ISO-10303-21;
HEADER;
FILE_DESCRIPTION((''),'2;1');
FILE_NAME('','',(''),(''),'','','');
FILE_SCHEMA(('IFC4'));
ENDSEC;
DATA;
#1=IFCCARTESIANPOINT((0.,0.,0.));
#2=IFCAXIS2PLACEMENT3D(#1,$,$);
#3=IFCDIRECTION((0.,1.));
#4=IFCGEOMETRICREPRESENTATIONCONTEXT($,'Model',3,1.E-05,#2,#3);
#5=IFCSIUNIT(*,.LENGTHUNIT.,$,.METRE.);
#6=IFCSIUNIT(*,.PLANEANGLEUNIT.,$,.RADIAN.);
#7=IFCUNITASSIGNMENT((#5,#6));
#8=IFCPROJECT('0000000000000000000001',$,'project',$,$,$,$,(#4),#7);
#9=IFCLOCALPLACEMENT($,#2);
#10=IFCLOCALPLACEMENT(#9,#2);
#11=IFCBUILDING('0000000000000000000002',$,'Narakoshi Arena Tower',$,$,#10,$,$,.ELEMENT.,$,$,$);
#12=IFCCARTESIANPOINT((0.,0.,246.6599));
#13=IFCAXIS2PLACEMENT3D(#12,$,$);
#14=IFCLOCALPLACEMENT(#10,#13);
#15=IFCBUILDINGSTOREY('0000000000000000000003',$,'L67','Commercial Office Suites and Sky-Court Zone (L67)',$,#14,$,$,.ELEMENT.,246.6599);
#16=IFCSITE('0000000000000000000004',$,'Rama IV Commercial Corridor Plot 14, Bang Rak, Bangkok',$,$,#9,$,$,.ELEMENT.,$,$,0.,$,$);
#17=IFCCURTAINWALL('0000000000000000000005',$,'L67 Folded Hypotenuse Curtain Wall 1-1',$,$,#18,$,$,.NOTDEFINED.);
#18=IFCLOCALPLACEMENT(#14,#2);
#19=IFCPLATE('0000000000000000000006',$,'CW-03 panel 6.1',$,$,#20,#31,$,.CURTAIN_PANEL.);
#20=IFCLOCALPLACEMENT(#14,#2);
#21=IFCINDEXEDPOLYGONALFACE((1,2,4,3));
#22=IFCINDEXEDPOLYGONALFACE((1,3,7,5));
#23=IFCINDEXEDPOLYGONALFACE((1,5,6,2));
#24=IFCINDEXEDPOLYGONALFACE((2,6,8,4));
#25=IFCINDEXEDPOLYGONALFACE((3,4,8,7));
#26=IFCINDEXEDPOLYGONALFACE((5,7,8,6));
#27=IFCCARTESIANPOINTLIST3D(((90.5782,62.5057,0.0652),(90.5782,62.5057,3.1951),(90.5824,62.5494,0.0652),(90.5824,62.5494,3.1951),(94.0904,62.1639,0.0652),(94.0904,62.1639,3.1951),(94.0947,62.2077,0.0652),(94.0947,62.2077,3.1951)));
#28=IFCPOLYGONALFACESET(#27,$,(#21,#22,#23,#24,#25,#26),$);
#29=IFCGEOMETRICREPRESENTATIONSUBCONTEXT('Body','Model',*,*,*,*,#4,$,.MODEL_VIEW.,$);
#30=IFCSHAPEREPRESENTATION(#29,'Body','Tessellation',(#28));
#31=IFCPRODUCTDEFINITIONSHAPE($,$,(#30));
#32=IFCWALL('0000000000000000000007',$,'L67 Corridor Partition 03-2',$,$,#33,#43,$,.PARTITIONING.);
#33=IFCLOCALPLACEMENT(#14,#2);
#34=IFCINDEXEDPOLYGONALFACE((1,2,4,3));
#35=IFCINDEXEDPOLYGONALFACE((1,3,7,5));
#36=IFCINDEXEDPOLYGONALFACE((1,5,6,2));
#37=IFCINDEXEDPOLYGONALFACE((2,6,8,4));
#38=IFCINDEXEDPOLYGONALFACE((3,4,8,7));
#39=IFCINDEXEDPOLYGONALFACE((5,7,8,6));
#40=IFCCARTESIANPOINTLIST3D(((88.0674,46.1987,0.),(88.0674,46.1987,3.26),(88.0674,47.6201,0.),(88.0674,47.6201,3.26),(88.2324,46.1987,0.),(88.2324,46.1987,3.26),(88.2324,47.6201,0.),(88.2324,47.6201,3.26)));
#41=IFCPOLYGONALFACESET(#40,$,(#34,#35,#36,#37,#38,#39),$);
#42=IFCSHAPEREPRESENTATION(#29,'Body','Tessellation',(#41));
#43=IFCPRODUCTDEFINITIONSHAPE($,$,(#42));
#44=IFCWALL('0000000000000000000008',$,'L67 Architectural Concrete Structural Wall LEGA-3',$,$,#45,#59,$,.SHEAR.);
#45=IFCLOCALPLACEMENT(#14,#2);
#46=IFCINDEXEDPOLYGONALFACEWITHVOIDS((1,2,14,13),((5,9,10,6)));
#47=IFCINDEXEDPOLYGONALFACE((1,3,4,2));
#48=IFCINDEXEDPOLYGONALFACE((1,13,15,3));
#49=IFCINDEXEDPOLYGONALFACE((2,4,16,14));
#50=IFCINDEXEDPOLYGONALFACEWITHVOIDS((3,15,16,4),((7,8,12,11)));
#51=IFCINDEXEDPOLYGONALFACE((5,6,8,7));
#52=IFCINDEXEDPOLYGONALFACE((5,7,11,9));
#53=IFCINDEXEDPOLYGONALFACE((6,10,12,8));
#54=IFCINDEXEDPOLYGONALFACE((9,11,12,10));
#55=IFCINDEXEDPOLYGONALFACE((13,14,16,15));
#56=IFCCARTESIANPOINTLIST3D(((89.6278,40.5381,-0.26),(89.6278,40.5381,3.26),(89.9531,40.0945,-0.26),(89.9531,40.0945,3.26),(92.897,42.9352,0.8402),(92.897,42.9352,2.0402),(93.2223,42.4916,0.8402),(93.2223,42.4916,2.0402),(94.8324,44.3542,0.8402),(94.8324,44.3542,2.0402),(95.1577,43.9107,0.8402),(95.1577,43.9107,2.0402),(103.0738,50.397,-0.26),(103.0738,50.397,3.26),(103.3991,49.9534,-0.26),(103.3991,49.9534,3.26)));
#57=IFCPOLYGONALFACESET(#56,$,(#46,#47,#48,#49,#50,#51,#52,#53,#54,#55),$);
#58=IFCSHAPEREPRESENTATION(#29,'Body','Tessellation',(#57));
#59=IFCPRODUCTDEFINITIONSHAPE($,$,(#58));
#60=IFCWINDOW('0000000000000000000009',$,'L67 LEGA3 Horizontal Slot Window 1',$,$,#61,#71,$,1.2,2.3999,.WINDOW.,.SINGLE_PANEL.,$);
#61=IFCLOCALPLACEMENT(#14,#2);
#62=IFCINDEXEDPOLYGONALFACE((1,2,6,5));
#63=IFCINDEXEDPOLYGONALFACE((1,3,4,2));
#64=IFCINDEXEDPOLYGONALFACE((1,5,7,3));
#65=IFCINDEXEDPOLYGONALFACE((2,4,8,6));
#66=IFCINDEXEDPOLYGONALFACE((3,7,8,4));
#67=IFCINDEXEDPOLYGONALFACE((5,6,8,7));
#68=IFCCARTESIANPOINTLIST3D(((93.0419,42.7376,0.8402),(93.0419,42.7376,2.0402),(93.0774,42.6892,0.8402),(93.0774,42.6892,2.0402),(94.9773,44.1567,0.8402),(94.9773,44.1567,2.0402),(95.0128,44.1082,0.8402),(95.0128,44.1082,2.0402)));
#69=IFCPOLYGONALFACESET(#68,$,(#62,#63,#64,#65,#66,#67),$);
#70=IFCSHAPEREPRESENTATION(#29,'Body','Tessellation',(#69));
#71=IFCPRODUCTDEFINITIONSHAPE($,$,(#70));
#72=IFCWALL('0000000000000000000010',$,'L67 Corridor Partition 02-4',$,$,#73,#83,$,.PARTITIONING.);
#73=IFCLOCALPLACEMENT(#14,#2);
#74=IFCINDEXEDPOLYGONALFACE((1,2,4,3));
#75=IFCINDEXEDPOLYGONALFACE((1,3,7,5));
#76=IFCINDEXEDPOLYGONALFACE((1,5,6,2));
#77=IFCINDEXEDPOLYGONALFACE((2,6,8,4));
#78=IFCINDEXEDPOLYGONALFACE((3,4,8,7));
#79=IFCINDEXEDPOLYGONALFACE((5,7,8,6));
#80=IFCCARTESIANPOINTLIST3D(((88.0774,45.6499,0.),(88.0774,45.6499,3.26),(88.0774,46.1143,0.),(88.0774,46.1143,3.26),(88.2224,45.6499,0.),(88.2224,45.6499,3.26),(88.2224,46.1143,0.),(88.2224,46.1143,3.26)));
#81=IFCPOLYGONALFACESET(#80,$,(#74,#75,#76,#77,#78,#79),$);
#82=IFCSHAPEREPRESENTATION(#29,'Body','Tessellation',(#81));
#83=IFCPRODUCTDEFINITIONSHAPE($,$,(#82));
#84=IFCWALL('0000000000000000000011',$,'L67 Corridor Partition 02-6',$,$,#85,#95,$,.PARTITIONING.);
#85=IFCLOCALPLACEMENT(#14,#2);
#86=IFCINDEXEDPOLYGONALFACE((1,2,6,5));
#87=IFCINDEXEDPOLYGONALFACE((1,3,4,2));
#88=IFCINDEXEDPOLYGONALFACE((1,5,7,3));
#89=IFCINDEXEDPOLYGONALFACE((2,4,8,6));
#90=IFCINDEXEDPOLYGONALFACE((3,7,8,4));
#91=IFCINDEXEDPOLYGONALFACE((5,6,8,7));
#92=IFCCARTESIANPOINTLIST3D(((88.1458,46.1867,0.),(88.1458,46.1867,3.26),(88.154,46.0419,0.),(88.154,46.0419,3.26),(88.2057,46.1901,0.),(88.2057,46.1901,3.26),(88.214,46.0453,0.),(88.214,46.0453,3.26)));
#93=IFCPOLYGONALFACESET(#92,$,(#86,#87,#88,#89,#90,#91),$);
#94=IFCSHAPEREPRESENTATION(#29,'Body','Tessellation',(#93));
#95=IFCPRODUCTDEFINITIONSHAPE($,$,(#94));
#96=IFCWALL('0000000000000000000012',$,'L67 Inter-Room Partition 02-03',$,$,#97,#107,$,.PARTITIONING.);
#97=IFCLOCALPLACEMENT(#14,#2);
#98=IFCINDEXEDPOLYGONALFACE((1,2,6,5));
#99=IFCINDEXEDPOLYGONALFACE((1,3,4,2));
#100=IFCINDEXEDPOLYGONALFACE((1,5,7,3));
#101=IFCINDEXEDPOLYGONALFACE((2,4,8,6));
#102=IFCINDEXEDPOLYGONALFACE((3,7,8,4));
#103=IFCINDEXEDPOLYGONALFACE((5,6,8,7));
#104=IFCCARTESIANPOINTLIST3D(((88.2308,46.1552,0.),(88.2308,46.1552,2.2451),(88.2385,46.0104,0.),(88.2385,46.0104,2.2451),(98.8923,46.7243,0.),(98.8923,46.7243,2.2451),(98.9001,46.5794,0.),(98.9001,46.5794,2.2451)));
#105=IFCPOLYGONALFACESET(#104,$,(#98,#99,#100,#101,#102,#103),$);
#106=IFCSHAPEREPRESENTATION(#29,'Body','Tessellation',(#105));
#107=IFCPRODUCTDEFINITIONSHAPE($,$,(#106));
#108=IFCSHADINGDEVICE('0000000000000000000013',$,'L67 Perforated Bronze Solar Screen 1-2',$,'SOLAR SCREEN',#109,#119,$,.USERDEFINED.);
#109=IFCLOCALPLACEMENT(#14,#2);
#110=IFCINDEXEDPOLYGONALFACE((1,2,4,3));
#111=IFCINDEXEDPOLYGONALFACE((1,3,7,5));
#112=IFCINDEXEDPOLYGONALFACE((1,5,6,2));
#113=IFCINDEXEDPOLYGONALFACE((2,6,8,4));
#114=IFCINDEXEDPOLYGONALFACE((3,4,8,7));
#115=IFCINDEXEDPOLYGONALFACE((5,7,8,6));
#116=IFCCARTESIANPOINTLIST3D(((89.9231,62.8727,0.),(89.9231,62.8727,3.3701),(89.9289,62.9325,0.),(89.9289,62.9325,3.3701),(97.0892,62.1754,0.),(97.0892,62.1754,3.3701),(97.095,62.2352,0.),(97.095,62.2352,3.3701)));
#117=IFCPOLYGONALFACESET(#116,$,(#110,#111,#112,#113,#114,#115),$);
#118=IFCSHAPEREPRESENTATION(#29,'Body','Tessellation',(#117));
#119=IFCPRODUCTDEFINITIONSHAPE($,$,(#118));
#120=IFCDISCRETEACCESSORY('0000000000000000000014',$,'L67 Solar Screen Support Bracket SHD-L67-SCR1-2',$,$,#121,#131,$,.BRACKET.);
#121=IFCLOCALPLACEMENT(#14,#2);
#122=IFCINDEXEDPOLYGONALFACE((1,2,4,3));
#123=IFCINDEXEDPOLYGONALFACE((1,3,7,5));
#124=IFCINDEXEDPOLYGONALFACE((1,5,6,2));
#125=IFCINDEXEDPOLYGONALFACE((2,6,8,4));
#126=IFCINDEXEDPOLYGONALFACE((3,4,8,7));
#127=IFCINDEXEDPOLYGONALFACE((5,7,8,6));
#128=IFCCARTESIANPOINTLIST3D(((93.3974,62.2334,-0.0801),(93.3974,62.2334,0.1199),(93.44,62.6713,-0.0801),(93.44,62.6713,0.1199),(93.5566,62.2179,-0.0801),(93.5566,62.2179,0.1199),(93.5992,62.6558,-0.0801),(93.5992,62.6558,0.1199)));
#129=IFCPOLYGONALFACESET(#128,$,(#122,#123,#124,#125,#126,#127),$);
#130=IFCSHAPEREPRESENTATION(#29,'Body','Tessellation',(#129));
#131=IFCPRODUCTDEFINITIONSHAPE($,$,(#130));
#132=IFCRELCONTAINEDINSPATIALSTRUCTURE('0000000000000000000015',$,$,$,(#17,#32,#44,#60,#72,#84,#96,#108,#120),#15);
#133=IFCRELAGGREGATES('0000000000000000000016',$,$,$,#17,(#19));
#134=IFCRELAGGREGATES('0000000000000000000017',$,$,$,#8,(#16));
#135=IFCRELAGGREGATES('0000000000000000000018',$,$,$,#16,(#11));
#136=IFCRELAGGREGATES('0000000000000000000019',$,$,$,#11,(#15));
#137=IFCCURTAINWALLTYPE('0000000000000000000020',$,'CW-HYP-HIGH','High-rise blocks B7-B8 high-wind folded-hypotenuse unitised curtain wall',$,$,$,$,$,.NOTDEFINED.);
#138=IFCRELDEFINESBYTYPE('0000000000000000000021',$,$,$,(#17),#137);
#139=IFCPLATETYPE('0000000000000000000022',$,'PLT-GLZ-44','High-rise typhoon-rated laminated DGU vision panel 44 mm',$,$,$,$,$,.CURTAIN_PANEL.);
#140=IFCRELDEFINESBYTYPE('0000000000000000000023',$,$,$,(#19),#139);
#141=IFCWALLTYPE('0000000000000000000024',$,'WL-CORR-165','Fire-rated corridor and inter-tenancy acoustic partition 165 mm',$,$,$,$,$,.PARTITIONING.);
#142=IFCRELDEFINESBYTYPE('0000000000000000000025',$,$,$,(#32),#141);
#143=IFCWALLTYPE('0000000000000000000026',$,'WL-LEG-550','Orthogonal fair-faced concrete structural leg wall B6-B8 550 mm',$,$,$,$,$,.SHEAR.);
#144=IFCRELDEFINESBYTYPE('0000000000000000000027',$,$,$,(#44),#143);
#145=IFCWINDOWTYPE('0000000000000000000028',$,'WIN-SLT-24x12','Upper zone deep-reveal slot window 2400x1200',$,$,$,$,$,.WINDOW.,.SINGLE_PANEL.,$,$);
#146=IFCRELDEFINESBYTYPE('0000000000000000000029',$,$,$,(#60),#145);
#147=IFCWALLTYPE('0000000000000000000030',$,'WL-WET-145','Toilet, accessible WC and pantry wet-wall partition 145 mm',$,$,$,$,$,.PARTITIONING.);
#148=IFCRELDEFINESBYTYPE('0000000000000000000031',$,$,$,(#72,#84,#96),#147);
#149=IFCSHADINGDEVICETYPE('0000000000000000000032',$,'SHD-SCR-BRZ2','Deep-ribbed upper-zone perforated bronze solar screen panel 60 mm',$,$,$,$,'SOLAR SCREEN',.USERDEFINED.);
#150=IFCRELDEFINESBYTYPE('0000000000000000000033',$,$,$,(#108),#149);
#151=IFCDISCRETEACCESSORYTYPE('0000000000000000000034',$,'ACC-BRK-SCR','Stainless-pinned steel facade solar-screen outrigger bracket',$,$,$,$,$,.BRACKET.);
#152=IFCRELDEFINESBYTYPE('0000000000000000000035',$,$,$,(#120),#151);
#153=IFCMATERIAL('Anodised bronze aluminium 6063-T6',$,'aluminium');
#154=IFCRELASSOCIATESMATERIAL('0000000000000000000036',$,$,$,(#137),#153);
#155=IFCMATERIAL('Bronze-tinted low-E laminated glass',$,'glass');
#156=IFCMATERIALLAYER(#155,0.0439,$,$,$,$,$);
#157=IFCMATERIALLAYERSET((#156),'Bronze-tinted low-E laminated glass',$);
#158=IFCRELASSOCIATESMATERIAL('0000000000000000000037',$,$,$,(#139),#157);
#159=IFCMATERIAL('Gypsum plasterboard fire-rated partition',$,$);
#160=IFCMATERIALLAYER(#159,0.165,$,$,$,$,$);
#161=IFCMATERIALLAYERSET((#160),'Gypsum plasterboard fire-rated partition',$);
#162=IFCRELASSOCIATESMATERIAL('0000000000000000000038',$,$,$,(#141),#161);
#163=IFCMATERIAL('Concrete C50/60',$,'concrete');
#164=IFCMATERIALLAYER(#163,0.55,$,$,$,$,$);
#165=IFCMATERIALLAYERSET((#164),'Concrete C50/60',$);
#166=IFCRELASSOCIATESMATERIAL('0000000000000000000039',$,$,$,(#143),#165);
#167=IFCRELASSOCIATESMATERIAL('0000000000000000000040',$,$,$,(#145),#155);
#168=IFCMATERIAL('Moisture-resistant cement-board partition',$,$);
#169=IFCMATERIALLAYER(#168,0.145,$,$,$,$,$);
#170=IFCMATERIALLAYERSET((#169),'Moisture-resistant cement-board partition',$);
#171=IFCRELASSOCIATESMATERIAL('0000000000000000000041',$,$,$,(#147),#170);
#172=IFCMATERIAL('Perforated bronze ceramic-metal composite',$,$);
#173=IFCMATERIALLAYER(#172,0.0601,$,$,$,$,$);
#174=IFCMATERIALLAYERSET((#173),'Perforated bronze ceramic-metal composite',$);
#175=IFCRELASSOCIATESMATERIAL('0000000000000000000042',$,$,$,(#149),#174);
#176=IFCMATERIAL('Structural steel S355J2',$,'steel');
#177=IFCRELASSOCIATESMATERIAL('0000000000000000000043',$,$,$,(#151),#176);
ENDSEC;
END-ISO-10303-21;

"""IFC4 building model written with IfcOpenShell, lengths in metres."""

from ifc_helpers import new_model, si_unit, direction, frame, frame_2d, origin, origin_2d, place, context, subcontext, project, spatial, rectangle, extrude, material, layer, layer_set, type_object, element, fill, aggregate, save


model = new_model("IFC4")

# Units and contexts
model_context = context("Model", 3, precision=1e-05, world=origin(), true_north=direction((0.0, 1.0)))
body_context = subcontext(model_context, "Body", "Model", "MODEL_VIEW")
ifc_project = project(units=[si_unit("LENGTHUNIT", "METRE"), si_unit("PLANEANGLEUNIT", "RADIAN")], contexts=[model_context])

# Site, building, storey
site_placement = place(None, origin())
site = spatial("IfcSite", under=ifc_project, at=site_placement, Name="Rama IV Commercial Corridor Plot 14, Bang Rak, Bangkok", CompositionType="ELEMENT", RefElevation=0.0)
building_placement = place(site_placement, origin())
building = spatial("IfcBuilding", under=site, at=building_placement, Name="Narakoshi Arena Tower", CompositionType="ELEMENT")
storey_placement = place(building_placement, frame((0.0, 0.0, 246.6599)))
storey = spatial("IfcBuildingStorey", under=building, at=storey_placement, Name="L67", Description="Commercial Office Suites and Sky-Court Zone (L67)", CompositionType="ELEMENT", Elevation=246.6599)

# Shared definitions
ifc_material_1 = material(Name="Concrete C50/60", Category="concrete")

# Shared definitions
ifc_material_2 = material(Name="Structural steel S355J2", Category="steel")

# Curtain wall
ifc_material_3 = material(Name="Anodised bronze aluminium 6063-T6", Category="aluminium")
curtain_wall_type = type_object("IfcCurtainWallType", Name="CW-HYP-HIGH", Description="High-rise blocks B7-B8 high-wind folded-hypotenuse unitised curtain wall", PredefinedType="NOTDEFINED", material=ifc_material_3)
curtain_wall_1_placement = place(storey_placement, origin())
curtain_wall_1 = element("IfcCurtainWall", 1, at=curtain_wall_1_placement, inside=storey, type_object=curtain_wall_type, Name="L67 Folded Hypotenuse Curtain Wall 1-1", PredefinedType="NOTDEFINED")

# Plate
ifc_material_4 = material(Name="Bronze-tinted low-E laminated glass", Category="glass")
ifc_layer_1 = layer(ifc_material_4, 0.0439)
ifc_layer_set_1 = layer_set([ifc_layer_1], Name="Bronze-tinted low-E laminated glass")
plate_type = type_object("IfcPlateType", Name="PLT-GLZ-44", Description="High-rise typhoon-rated laminated DGU vision panel 44 mm", PredefinedType="CURTAIN_PANEL", material=ifc_layer_set_1)
plate_1_placement = place(storey_placement, frame((92.3364, 62.3567, 0.0652), z_axis=(0.0, 0.0, 1.0), x_axis=(-0.995299, 0.096851, 0.0)))
plate_1 = element("IfcPlate", 2, at=plate_1_placement, type_object=plate_type, Name="CW-03 panel 6.1", PredefinedType="CURTAIN_PANEL", context=body_context, shape_type="SweptSolid", body=[
    extrude(rectangle(XDim=3.5288, YDim=0.0439, at=origin_2d()), origin(), (0.0, 0.0, 1.0), 3.1299),
])
aggregate(curtain_wall_1, [plate_1])

# Wall
ifc_material_5 = material(Name="Gypsum plasterboard fire-rated partition")
ifc_layer_2 = layer(ifc_material_5, 0.165)
ifc_layer_set_2 = layer_set([ifc_layer_2], Name="Gypsum plasterboard fire-rated partition")
wall_type_1 = type_object("IfcWallType", Name="WL-CORR-165", Description="Fire-rated corridor and inter-tenancy acoustic partition 165 mm", PredefinedType="PARTITIONING", material=ifc_layer_set_2)
wall_1_placement = place(storey_placement, frame((88.1499, 46.1987, 0.0), z_axis=(0.0, 0.0, 1.0), x_axis=(0.0, 1.0, 0.0)))
element("IfcWall", 3, at=wall_1_placement, inside=storey, type_object=wall_type_1, Name="L67 Corridor Partition 03-2", PredefinedType="PARTITIONING", context=body_context, shape_type="SweptSolid", body=[
    extrude(rectangle(XDim=1.4214, YDim=0.165, at=frame_2d((0.7107, 0.0))), origin(), (0.0, 0.0, 1.0), 3.26),
])

# Wall, opening, window
ifc_layer_3 = layer(ifc_material_1, 0.55)
ifc_layer_set_3 = layer_set([ifc_layer_3], Name="Concrete C50/60")
wall_type_2 = type_object("IfcWallType", Name="WL-LEG-550", Description="Orthogonal fair-faced concrete structural leg wall B6-B8 550 mm", PredefinedType="SHEAR", material=ifc_layer_set_3)
wall_2_placement = place(storey_placement, frame((89.7905, 40.3164, -0.26), z_axis=(0.0, 0.0, 1.0), x_axis=(0.806449, 0.591303, 0.0)))
wall_2 = element("IfcWall", 4, at=wall_2_placement, inside=storey, type_object=wall_type_2, Name="L67 Architectural Concrete Structural Wall LEGA-3", PredefinedType="SHEAR", context=body_context, shape_type="SweptSolid", body=[
    extrude(rectangle(XDim=16.6731, YDim=0.55, at=frame_2d((8.3364, 0.0))), origin(), (0.0, 0.0, 1.0), 3.52),
])
opening_placement = place(wall_2_placement, frame((4.0537, 0.0, 1.1001)))
opening = element("IfcOpeningElement", 5, at=opening_placement, cuts=wall_2, PredefinedType="OPENING", context=body_context, shape_type="SweptSolid", body=[
    extrude(rectangle(XDim=2.3999, YDim=1.2, at=frame_2d((1.2, 0.6001))), frame((0.0, 0.2849, 0.0), z_axis=(0.0, -1.0, 0.0), x_axis=(1.0, 0.0, 0.0)), (0.0, 0.0, 1.0), 0.5701),
])
window_type = type_object("IfcWindowType", Name="WIN-SLT-24x12", Description="Upper zone deep-reveal slot window 2400x1200", PartitioningType="SINGLE_PANEL", PredefinedType="WINDOW", material=ifc_material_4)
window_placement = place(opening_placement, origin())
window = element("IfcWindow", 6, at=window_placement, inside=storey, type_object=window_type, Name="L67 LEGA3 Horizontal Slot Window 1", OverallHeight=1.2, OverallWidth=2.3999, PartitioningType="SINGLE_PANEL", PredefinedType="WINDOW", context=body_context, shape_type="SweptSolid", body=[
    extrude(rectangle(XDim=2.3999, YDim=1.2, at=frame_2d((1.2, 0.6001))), frame((0.0, 0.03, 0.0), z_axis=(0.0, -1.0, 0.0), x_axis=(1.0, 0.0, 0.0)), (0.0, 0.0, 1.0), 0.0601),
])
fill(opening, window)

# Walls
ifc_material_6 = material(Name="Moisture-resistant cement-board partition")
ifc_layer_4 = layer(ifc_material_6, 0.145)
ifc_layer_set_4 = layer_set([ifc_layer_4], Name="Moisture-resistant cement-board partition")
wall_type_3 = type_object("IfcWallType", Name="WL-WET-145", Description="Toilet, accessible WC and pantry wet-wall partition 145 mm", PredefinedType="PARTITIONING", material=ifc_layer_set_4)
wall_3_placement = place(storey_placement, frame((88.1499, 45.6499, 0.0), z_axis=(0.0, 0.0, 1.0), x_axis=(0.0, 1.0, 0.0)))
element("IfcWall", 7, at=wall_3_placement, inside=storey, type_object=wall_type_3, Name="L67 Corridor Partition 02-4", PredefinedType="PARTITIONING", context=body_context, shape_type="SweptSolid", body=[
    extrude(rectangle(XDim=0.4644, YDim=0.145, at=frame_2d((0.2322, 0.0))), origin(), (0.0, 0.0, 1.0), 3.26),
])
wall_4_placement = place(storey_placement, frame((88.1499, 46.1143, 0.0), z_axis=(0.0, 0.0, 1.0), x_axis=(0.998385, 0.056819, 0.0)))
element("IfcWall", 8, at=wall_4_placement, inside=storey, type_object=wall_type_3, Name="L67 Corridor Partition 02-6", PredefinedType="PARTITIONING", context=body_context, shape_type="SweptSolid", body=[
    extrude(rectangle(XDim=0.0601, YDim=0.145, at=frame_2d((0.03, 0.0))), origin(), (0.0, 0.0, 1.0), 3.26),
])
wall_5_placement = place(storey_placement, frame((88.2346, 46.0828, 0.0), z_axis=(0.0, 0.0, 1.0), x_axis=(0.998578, 0.053302, 0.0)))
element("IfcWall", 9, at=wall_5_placement, inside=storey, type_object=wall_type_3, Name="L67 Inter-Room Partition 02-03", PredefinedType="PARTITIONING", context=body_context, shape_type="SweptSolid", body=[
    extrude(rectangle(XDim=10.6768, YDim=0.145, at=frame_2d((5.3384, 0.0))), origin(), (0.0, 0.0, 1.0), 2.2451),
])

# Shading device
ifc_material_7 = material(Name="Perforated bronze ceramic-metal composite")
ifc_layer_5 = layer(ifc_material_7, 0.0601)
ifc_layer_set_5 = layer_set([ifc_layer_5], Name="Perforated bronze ceramic-metal composite")
shading_device_type = type_object("IfcShadingDeviceType", Name="SHD-SCR-BRZ2", Description="Deep-ribbed upper-zone perforated bronze solar screen panel 60 mm", ElementType="SOLAR SCREEN", PredefinedType="USERDEFINED", material=ifc_layer_set_5)
shading_device_placement = place(storey_placement, frame((93.509, 62.554, 0.0), z_axis=(0.0, 0.0, 1.0), x_axis=(-0.995299, 0.096853, 0.0)))
element("IfcShadingDevice", 10, at=shading_device_placement, inside=storey, type_object=shading_device_type, Name="L67 Perforated Bronze Solar Screen 1-2", ObjectType="SOLAR SCREEN", PredefinedType="USERDEFINED", context=body_context, shape_type="SweptSolid", body=[
    extrude(rectangle(XDim=7.2, YDim=0.0601, at=origin_2d()), origin(), (0.0, 0.0, 1.0), 3.3701),
])

# Discrete accessory
discrete_accessory_type = type_object("IfcDiscreteAccessoryType", Name="ACC-BRK-SCR", Description="Stainless-pinned steel facade solar-screen outrigger bracket", PredefinedType="BRACKET", material=ifc_material_2)
discrete_accessory_placement = place(storey_placement, frame((93.4983, 62.4446, -0.0801), z_axis=(0.0, 0.0, 1.0), x_axis=(-0.995299, 0.096853, 0.0)))
element("IfcDiscreteAccessory", 11, at=discrete_accessory_placement, inside=storey, type_object=discrete_accessory_type, Name="L67 Solar Screen Support Bracket SHD-L67-SCR1-2", PredefinedType="BRACKET", context=body_context, shape_type="SweptSolid", body=[
    extrude(rectangle(XDim=0.1599, YDim=0.4399, at=origin_2d()), origin(), (0.0, 0.0, 1.0), 0.2),
])

save(model, "model.ifc")
